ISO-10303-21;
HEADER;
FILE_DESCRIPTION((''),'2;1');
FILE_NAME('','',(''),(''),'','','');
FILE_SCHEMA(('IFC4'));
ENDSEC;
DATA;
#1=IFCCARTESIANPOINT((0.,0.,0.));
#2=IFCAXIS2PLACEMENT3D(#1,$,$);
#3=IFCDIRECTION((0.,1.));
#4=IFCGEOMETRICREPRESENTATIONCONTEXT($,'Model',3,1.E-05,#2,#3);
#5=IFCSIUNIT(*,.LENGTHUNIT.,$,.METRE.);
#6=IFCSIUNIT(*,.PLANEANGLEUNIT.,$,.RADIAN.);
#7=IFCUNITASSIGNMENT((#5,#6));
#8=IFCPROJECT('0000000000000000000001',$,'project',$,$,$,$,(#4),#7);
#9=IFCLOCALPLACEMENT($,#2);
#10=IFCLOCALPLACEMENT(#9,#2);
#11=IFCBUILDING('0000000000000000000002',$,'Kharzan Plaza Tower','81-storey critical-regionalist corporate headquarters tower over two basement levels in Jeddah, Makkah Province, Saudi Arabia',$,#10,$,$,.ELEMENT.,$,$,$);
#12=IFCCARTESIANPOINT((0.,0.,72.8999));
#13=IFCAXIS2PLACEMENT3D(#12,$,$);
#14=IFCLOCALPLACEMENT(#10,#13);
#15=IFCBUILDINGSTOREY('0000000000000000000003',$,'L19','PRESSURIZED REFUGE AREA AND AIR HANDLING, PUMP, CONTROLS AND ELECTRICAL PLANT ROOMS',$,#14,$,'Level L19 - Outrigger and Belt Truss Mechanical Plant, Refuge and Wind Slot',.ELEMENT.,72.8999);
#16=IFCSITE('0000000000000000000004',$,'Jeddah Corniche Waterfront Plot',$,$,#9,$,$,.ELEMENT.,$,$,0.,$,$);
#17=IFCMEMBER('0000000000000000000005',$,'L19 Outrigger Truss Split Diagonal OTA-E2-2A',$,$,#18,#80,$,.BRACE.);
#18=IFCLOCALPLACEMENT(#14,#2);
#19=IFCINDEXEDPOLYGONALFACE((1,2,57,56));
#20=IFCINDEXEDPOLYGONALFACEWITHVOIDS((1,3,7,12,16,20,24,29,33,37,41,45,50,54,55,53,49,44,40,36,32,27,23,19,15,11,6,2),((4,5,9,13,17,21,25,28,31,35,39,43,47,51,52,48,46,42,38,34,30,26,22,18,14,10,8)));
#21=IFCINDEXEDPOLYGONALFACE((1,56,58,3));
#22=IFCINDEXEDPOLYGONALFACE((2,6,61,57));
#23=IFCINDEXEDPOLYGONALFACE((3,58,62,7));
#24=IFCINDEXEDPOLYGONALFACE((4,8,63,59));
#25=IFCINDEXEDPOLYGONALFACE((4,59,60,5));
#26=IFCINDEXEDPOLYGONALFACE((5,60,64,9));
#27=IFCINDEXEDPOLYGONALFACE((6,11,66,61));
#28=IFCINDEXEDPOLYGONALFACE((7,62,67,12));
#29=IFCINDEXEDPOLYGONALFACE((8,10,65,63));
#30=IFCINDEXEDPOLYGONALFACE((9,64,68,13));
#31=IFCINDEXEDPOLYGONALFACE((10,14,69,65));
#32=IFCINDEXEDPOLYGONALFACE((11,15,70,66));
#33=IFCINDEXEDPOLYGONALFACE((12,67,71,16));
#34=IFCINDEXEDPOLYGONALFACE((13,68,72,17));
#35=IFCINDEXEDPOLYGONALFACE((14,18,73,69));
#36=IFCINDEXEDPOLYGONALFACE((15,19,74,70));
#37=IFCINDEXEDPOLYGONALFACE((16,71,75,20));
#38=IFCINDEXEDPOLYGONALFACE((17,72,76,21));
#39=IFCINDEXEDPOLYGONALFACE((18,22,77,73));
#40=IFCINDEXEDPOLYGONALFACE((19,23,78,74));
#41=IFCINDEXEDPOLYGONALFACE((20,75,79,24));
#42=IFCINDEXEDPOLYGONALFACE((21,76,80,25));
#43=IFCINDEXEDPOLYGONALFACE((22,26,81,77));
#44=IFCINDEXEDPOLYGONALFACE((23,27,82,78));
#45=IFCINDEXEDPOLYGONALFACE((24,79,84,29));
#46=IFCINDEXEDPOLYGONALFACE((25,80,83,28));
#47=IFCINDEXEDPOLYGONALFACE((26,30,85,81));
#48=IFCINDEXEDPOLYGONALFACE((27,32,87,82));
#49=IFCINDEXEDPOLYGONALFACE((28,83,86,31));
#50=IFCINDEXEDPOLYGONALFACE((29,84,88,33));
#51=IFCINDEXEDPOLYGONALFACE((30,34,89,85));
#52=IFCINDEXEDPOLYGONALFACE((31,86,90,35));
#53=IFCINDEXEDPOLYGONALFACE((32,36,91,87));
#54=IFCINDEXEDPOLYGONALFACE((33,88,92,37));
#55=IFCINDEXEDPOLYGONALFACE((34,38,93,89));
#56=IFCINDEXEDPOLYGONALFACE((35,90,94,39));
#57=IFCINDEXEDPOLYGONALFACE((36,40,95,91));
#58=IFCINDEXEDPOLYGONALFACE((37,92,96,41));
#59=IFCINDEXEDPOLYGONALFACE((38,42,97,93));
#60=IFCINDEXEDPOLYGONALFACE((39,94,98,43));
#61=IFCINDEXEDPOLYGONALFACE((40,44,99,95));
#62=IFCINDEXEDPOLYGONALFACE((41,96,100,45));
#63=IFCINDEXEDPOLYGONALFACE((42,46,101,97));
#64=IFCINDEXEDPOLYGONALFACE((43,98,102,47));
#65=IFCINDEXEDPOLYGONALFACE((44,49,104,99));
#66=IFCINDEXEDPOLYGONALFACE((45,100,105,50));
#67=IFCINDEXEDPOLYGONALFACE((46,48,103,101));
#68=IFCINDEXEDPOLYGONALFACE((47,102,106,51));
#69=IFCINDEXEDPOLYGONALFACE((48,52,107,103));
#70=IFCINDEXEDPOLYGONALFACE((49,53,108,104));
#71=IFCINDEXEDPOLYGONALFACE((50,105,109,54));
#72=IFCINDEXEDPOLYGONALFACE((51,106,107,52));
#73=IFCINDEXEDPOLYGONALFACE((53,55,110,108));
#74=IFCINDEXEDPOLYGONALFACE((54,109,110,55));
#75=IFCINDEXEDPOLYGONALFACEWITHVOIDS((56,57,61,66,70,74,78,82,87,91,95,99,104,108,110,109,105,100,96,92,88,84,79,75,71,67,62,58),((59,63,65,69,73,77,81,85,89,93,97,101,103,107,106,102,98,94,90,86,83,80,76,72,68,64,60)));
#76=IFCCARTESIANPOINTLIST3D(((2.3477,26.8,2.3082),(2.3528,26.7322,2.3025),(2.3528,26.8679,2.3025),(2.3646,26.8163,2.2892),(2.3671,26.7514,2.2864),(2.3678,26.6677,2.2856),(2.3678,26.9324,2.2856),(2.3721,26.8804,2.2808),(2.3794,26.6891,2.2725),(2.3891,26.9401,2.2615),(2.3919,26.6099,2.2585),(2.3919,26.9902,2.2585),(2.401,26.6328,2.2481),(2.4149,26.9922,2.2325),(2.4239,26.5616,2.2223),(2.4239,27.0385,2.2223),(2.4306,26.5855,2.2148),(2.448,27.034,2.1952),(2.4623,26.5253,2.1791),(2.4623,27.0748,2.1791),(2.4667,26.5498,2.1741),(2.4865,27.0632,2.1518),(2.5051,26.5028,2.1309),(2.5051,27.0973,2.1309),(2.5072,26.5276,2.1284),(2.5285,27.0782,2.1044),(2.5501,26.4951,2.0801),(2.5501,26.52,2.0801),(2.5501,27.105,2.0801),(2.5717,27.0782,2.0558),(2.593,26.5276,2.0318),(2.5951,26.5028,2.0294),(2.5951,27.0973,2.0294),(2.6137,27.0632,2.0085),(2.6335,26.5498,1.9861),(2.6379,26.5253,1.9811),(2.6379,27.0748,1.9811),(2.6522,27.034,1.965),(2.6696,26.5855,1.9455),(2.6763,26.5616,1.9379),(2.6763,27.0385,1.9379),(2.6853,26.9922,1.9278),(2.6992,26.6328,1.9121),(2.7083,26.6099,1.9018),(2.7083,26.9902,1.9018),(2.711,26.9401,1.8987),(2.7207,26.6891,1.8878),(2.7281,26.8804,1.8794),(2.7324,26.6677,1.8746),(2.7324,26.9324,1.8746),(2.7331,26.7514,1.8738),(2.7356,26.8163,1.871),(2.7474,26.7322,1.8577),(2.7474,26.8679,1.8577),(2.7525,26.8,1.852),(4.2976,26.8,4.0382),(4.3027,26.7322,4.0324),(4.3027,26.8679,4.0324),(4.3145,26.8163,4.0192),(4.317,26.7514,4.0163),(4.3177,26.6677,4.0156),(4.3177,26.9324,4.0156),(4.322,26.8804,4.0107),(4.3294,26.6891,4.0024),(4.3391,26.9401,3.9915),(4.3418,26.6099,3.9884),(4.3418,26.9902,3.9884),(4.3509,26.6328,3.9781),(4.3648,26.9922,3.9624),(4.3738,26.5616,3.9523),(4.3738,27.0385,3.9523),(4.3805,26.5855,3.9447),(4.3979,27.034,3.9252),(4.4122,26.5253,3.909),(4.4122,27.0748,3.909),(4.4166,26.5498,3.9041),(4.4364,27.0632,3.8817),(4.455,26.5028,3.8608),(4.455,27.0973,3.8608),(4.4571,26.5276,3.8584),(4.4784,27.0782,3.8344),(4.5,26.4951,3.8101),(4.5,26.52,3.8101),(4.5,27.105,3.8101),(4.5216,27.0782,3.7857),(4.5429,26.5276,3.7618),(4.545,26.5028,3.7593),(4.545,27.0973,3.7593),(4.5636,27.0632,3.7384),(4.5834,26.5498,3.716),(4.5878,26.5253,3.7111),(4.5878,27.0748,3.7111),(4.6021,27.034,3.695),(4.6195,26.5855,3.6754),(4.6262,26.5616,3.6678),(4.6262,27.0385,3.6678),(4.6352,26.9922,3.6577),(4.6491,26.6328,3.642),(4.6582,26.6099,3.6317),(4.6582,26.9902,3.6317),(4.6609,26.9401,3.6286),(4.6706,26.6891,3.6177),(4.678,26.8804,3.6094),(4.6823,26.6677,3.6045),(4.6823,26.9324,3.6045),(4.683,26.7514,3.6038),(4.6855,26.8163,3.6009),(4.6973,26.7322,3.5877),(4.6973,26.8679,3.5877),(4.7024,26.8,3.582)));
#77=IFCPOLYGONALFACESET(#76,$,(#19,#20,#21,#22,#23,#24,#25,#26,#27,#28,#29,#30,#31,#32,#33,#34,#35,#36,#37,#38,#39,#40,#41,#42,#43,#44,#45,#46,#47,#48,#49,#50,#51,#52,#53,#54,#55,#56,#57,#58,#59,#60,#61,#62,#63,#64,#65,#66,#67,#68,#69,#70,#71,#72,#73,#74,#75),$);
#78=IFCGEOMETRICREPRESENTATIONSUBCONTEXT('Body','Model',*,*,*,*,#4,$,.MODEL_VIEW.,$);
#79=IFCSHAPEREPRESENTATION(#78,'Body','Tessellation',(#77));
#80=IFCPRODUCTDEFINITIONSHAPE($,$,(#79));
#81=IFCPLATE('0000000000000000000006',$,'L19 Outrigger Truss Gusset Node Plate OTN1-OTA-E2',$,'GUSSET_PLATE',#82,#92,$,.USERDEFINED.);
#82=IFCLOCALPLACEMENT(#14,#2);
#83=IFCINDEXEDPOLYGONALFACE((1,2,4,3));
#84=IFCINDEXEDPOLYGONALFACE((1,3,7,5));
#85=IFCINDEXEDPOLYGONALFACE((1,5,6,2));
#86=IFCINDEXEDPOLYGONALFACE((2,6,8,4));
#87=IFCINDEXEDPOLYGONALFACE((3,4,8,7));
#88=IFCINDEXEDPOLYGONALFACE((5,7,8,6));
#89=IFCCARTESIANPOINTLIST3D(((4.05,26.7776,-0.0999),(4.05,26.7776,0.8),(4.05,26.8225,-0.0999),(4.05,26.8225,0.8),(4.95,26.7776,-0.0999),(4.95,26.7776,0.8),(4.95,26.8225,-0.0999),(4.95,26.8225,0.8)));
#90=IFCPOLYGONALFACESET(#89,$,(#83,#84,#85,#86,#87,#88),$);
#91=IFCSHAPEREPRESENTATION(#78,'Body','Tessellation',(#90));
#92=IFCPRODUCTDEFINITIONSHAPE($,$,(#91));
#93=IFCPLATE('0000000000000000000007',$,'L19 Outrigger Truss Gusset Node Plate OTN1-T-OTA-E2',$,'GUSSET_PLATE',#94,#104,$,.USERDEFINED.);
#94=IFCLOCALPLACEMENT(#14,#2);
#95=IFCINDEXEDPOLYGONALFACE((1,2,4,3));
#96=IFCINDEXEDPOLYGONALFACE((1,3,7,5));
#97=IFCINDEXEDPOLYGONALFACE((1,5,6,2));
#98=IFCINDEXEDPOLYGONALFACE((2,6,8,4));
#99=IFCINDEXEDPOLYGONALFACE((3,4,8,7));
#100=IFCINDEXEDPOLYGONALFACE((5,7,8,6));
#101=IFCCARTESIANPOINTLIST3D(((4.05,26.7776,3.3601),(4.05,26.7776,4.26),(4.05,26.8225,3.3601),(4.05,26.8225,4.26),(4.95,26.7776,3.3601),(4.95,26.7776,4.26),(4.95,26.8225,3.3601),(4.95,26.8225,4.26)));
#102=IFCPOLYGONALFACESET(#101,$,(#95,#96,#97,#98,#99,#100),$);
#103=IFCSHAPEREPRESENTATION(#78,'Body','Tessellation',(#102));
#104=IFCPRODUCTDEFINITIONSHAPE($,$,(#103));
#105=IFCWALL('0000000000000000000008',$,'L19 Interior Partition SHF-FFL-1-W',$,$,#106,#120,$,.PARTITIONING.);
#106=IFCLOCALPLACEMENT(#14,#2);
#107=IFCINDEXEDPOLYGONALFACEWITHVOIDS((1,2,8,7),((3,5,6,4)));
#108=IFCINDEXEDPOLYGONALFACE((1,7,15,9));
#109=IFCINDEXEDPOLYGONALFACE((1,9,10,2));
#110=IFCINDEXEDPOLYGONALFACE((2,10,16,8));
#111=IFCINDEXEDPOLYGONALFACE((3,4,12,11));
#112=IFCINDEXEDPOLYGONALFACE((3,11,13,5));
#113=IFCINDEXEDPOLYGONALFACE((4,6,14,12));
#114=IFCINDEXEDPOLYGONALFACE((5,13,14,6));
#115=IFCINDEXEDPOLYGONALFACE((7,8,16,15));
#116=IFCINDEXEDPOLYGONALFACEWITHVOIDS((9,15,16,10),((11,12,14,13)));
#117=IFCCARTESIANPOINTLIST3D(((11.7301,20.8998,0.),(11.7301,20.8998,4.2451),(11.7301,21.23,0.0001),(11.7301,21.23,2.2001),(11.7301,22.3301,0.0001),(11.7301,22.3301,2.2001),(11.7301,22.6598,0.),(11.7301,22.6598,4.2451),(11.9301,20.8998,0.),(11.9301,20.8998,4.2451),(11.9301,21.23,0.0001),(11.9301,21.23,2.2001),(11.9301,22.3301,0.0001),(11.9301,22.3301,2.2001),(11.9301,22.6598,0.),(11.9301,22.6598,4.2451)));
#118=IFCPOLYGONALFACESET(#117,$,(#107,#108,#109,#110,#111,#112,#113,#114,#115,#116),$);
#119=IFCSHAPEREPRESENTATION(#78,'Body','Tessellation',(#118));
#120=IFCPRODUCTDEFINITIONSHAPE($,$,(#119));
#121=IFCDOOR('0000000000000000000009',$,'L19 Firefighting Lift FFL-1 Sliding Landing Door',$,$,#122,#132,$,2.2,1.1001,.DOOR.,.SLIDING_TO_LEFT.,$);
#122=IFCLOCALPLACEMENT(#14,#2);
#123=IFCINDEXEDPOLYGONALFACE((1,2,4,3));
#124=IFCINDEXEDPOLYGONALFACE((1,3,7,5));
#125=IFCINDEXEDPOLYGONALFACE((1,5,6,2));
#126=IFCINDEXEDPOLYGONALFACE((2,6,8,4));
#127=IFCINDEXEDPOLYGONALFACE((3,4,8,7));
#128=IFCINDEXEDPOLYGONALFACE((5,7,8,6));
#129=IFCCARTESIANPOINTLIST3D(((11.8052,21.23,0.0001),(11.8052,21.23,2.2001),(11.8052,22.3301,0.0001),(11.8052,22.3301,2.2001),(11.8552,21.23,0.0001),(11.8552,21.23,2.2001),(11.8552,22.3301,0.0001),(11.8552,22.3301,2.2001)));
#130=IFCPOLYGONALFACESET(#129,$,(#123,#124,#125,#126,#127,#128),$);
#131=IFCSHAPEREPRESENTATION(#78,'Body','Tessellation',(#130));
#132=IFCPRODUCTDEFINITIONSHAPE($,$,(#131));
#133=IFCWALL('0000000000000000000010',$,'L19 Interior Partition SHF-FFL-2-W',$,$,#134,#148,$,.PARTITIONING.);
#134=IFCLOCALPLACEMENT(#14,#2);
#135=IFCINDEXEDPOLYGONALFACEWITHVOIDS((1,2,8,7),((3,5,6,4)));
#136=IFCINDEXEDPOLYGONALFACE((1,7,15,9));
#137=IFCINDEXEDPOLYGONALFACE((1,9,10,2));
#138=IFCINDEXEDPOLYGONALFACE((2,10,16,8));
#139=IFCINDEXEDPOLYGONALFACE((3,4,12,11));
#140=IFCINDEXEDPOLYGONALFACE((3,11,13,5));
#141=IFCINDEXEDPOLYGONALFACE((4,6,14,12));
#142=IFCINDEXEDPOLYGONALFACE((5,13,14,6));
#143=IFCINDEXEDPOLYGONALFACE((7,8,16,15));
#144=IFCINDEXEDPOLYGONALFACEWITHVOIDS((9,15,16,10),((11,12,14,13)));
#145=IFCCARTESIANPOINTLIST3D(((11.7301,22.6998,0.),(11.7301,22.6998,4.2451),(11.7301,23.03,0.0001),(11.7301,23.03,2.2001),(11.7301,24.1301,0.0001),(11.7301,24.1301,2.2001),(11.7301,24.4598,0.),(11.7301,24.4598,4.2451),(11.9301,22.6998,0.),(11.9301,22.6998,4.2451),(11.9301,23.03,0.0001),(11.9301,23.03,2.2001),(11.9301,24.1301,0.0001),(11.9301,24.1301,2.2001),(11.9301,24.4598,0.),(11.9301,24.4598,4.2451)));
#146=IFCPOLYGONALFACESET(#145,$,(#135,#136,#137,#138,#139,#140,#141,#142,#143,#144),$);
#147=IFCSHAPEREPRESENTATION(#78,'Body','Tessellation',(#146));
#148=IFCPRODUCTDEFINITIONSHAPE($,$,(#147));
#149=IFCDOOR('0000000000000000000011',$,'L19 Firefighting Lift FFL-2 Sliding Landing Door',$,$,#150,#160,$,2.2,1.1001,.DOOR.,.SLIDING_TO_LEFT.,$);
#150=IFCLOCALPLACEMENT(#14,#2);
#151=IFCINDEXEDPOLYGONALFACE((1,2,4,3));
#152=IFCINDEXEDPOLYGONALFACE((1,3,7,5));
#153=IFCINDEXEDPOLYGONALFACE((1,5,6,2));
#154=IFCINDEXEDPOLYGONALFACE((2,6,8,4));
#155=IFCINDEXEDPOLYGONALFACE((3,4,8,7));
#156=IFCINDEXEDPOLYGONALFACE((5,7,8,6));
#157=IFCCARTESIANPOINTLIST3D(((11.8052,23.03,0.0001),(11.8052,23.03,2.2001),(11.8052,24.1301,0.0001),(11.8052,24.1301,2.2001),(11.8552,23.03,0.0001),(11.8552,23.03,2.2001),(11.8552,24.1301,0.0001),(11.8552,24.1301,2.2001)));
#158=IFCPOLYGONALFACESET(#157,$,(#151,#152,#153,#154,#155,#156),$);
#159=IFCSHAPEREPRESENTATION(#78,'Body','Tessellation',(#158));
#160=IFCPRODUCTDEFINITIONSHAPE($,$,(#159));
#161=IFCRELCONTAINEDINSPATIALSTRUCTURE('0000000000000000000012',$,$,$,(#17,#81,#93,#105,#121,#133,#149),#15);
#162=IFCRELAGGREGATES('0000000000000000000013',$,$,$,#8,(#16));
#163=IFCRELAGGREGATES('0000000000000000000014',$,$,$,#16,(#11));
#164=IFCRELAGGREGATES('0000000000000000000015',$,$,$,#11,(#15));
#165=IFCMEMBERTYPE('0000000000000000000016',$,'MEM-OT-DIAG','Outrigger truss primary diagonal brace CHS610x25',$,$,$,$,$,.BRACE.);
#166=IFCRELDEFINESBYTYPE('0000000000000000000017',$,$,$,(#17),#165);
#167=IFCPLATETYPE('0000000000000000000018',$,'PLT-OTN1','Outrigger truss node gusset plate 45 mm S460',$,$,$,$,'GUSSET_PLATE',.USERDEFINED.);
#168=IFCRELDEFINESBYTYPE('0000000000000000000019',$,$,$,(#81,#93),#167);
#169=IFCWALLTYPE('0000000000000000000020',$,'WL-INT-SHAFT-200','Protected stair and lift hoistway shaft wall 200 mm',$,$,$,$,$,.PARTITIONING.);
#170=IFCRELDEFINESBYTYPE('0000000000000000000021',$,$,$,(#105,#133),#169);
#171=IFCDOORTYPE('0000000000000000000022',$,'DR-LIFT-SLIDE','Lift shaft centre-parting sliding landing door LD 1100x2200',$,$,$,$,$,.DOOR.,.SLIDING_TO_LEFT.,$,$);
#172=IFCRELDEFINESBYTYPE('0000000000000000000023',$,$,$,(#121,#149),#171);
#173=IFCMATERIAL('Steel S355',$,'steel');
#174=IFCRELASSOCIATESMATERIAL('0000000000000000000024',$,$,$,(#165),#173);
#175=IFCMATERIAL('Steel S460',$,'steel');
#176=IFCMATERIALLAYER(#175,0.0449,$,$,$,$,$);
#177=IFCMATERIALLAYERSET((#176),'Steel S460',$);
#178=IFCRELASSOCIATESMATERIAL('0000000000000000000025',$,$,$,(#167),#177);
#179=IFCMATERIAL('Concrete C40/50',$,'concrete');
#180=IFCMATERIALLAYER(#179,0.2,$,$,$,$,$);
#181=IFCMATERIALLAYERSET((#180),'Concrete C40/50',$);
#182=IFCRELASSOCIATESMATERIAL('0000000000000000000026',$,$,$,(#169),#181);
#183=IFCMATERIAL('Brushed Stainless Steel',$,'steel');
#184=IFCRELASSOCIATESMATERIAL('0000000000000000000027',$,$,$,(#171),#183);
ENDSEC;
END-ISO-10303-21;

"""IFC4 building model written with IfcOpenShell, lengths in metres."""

from ifc_helpers import new_model, si_unit, direction, frame, frame_2d, origin, origin_2d, place, context, subcontext, project, spatial, rectangle, hollow_circle, extrude, source, transform, mapped, material, layer, layer_set, material_profile, profile_set, type_object, element, fill, save


model = new_model("IFC4")

# Units and contexts
model_context = context("Model", 3, precision=1e-05, world=origin(), true_north=direction((0.0, 1.0)))
body_context = subcontext(model_context, "Body", "Model", "MODEL_VIEW")
ifc_project = project(units=[si_unit("LENGTHUNIT", "METRE"), si_unit("PLANEANGLEUNIT", "RADIAN")], contexts=[model_context])

# Site, building, storey
site_placement = place(None, origin())
site = spatial("IfcSite", under=ifc_project, at=site_placement, Name="Jeddah Corniche Waterfront Plot", CompositionType="ELEMENT", RefElevation=0.0)
building_placement = place(site_placement, origin())
building = spatial("IfcBuilding", under=site, at=building_placement, Name="Kharzan Plaza Tower", Description="81-storey critical-regionalist corporate headquarters tower over two basement levels in Jeddah, Makkah Province, Saudi Arabia", CompositionType="ELEMENT")
storey_placement = place(building_placement, frame((0.0, 0.0, 72.8999)))
storey = spatial("IfcBuildingStorey", under=building, at=storey_placement, Name="L19", Description="PRESSURIZED REFUGE AREA AND AIR HANDLING, PUMP, CONTROLS AND ELECTRICAL PLANT ROOMS", LongName="Level L19 - Outrigger and Belt Truss Mechanical Plant, Refuge and Wind Slot", CompositionType="ELEMENT", Elevation=72.8999)

# Shared definitions
ifc_material_1 = material(Name="Steel S355", Category="steel")

# Member
ifc_material_profile_1 = material_profile(ifc_material_1, hollow_circle(Radius=0.3049, WallThickness=0.0249, at=origin_2d()), Name="CHS610x25")
ifc_profile_set_1 = profile_set([ifc_material_profile_1], Name="Steel S355")
member_type = type_object("IfcMemberType", Name="MEM-OT-DIAG", Description="Outrigger truss primary diagonal brace CHS610x25", PredefinedType="BRACE", material=ifc_profile_set_1)
shared_shape_1 = source(origin(), body_context, "Body", "SweptSolid", [
    extrude(hollow_circle(Radius=0.3049, WallThickness=0.0249, at=origin_2d()), origin(), (0.0, 0.0, 1.0), 2.6067),
])
member_placement = place(storey_placement, frame((4.5, 26.8, 3.8101), z_axis=(-0.748039, 0.0, -0.663654), x_axis=(0.0, -1.0, 0.0)))
element("IfcMember", 1, at=member_placement, inside=storey, type_object=member_type, Name="L19 Outrigger Truss Split Diagonal OTA-E2-2A", PredefinedType="BRACE", context=body_context, shape_type="MappedRepresentation", body=[
    mapped(shared_shape_1, transform((0.0, 0.0, 0.0), x_axis=(1.0, 0.0, 0.0), y_axis=(0.0, 1.0, 0.0), z_axis=(0.0, 0.0, 1.0))),
])

# Plates
ifc_material_2 = material(Name="Steel S460", Category="steel")
ifc_layer_1 = layer(ifc_material_2, 0.0449)
ifc_layer_set_1 = layer_set([ifc_layer_1], Name="Steel S460")
plate_type = type_object("IfcPlateType", Name="PLT-OTN1", Description="Outrigger truss node gusset plate 45 mm S460", ElementType="GUSSET_PLATE", PredefinedType="USERDEFINED", material=ifc_layer_set_1)
shared_shape_2 = source(origin(), body_context, "Body", "SweptSolid", [
    extrude(rectangle(XDim=0.8999, YDim=0.0449, at=origin_2d()), origin(), (0.0, 0.0, 1.0), 0.8999),
])
for number, where, z_axis, x_axis, name in (
    (2, (4.5, 26.8, -0.0999), (0.0, 0.0, 1.0), (-1.0, 0.0, 0.0), "L19 Outrigger Truss Gusset Node Plate OTN1-OTA-E2"),
    (3, (4.5, 26.8, 3.3601), (0.0, 0.0, 1.0), (-1.0, 0.0, 0.0), "L19 Outrigger Truss Gusset Node Plate OTN1-T-OTA-E2"),
):
    element("IfcPlate", number, at=place(storey_placement, frame(where, z_axis=z_axis, x_axis=x_axis)), inside=storey, type_object=plate_type, Name=name, ObjectType="GUSSET_PLATE", PredefinedType="USERDEFINED", context=body_context, shape_type="MappedRepresentation", body=[
        mapped(shared_shape_2, transform((0.0, 0.0, 0.0), x_axis=(1.0, 0.0, 0.0), y_axis=(0.0, 1.0, 0.0), z_axis=(0.0, 0.0, 1.0))),
    ])

# Walls, openings, doors
ifc_material_3 = material(Name="Concrete C40/50", Category="concrete")
ifc_layer_2 = layer(ifc_material_3, 0.2)
ifc_layer_set_2 = layer_set([ifc_layer_2], Name="Concrete C40/50")
wall_type_1 = type_object("IfcWallType", Name="WL-INT-SHAFT-200", Description="Protected stair and lift hoistway shaft wall 200 mm", PredefinedType="PARTITIONING", material=ifc_layer_set_2)
wall_1_placement = place(storey_placement, frame((11.8301, 20.8999, 0.0), z_axis=(0.0, 0.0, 1.0), x_axis=(0.0, 1.0, 0.0)))
wall_1 = element("IfcWall", 4, at=wall_1_placement, inside=storey, type_object=wall_type_1, Name="L19 Interior Partition SHF-FFL-1-W", PredefinedType="PARTITIONING", context=body_context, shape_type="SweptSolid", body=[
    extrude(rectangle(XDim=1.76, YDim=0.2, at=frame_2d((0.8799, 0.0))), origin(), (0.0, 0.0, 1.0), 4.2451),
])
opening_1_placement = place(wall_1_placement, frame((0.3301, 0.0, 0.0)))
opening_1 = element("IfcOpeningElement", 5, at=opening_1_placement, cuts=wall_1, PredefinedType="OPENING", context=body_context, shape_type="SweptSolid", body=[
    extrude(rectangle(XDim=1.1001, YDim=2.2, at=frame_2d((0.55, 1.1001))), frame((0.0, 0.1099, 0.0), z_axis=(0.0, -1.0, 0.0), x_axis=(1.0, 0.0, 0.0)), (0.0, 0.0, 1.0), 0.22),
])
ifc_material_4 = material(Name="Brushed Stainless Steel", Category="steel")
door_type_1 = type_object("IfcDoorType", Name="DR-LIFT-SLIDE", Description="Lift shaft centre-parting sliding landing door LD 1100x2200", OperationType="SLIDING_TO_LEFT", PredefinedType="DOOR", material=ifc_material_4)
shared_shape_3 = source(origin(), body_context, "Body", "SweptSolid", [
    extrude(rectangle(XDim=1.1001, YDim=2.2, at=frame_2d((0.55, 1.1001))), frame((0.0, 0.0249, 0.0), z_axis=(0.0, -1.0, 0.0), x_axis=(1.0, 0.0, 0.0)), (0.0, 0.0, 1.0), 0.05),
])
door_1_placement = place(opening_1_placement, origin())
door_1 = element("IfcDoor", 6, at=door_1_placement, inside=storey, type_object=door_type_1, Name="L19 Firefighting Lift FFL-1 Sliding Landing Door", OperationType="SLIDING_TO_LEFT", OverallHeight=2.2, OverallWidth=1.1001, PredefinedType="DOOR", context=body_context, shape_type="MappedRepresentation", body=[
    mapped(shared_shape_3, transform((0.0, 0.0, 0.0), x_axis=(1.0, 0.0, 0.0), y_axis=(0.0, 1.0, 0.0), z_axis=(0.0, 0.0, 1.0))),
])
fill(opening_1, door_1)
wall_2_placement = place(storey_placement, frame((11.8301, 22.7, 0.0), z_axis=(0.0, 0.0, 1.0), x_axis=(0.0, 1.0, 0.0)))
wall_2 = element("IfcWall", 7, at=wall_2_placement, inside=storey, type_object=wall_type_1, Name="L19 Interior Partition SHF-FFL-2-W", PredefinedType="PARTITIONING", context=body_context, shape_type="SweptSolid", body=[
    extrude(rectangle(XDim=1.76, YDim=0.2, at=frame_2d((0.8799, 0.0))), origin(), (0.0, 0.0, 1.0), 4.2451),
])
opening_2_placement = place(wall_2_placement, frame((0.3301, 0.0, 0.0)))
opening_2 = element("IfcOpeningElement", 8, at=opening_2_placement, cuts=wall_2, PredefinedType="OPENING", context=body_context, shape_type="SweptSolid", body=[
    extrude(rectangle(XDim=1.1001, YDim=2.2, at=frame_2d((0.55, 1.1001))), frame((0.0, 0.1099, 0.0), z_axis=(0.0, -1.0, 0.0), x_axis=(1.0, 0.0, 0.0)), (0.0, 0.0, 1.0), 0.22),
])
door_2_placement = place(opening_2_placement, origin())
door_2 = element("IfcDoor", 9, at=door_2_placement, inside=storey, type_object=door_type_1, Name="L19 Firefighting Lift FFL-2 Sliding Landing Door", OperationType="SLIDING_TO_LEFT", OverallHeight=2.2, OverallWidth=1.1001, PredefinedType="DOOR", context=body_context, shape_type="MappedRepresentation", body=[
    mapped(shared_shape_3, transform((0.0, 0.0, 0.0), x_axis=(1.0, 0.0, 0.0), y_axis=(0.0, 1.0, 0.0), z_axis=(0.0, 0.0, 1.0))),
])
fill(opening_2, door_2)

save(model, "model.ifc")
